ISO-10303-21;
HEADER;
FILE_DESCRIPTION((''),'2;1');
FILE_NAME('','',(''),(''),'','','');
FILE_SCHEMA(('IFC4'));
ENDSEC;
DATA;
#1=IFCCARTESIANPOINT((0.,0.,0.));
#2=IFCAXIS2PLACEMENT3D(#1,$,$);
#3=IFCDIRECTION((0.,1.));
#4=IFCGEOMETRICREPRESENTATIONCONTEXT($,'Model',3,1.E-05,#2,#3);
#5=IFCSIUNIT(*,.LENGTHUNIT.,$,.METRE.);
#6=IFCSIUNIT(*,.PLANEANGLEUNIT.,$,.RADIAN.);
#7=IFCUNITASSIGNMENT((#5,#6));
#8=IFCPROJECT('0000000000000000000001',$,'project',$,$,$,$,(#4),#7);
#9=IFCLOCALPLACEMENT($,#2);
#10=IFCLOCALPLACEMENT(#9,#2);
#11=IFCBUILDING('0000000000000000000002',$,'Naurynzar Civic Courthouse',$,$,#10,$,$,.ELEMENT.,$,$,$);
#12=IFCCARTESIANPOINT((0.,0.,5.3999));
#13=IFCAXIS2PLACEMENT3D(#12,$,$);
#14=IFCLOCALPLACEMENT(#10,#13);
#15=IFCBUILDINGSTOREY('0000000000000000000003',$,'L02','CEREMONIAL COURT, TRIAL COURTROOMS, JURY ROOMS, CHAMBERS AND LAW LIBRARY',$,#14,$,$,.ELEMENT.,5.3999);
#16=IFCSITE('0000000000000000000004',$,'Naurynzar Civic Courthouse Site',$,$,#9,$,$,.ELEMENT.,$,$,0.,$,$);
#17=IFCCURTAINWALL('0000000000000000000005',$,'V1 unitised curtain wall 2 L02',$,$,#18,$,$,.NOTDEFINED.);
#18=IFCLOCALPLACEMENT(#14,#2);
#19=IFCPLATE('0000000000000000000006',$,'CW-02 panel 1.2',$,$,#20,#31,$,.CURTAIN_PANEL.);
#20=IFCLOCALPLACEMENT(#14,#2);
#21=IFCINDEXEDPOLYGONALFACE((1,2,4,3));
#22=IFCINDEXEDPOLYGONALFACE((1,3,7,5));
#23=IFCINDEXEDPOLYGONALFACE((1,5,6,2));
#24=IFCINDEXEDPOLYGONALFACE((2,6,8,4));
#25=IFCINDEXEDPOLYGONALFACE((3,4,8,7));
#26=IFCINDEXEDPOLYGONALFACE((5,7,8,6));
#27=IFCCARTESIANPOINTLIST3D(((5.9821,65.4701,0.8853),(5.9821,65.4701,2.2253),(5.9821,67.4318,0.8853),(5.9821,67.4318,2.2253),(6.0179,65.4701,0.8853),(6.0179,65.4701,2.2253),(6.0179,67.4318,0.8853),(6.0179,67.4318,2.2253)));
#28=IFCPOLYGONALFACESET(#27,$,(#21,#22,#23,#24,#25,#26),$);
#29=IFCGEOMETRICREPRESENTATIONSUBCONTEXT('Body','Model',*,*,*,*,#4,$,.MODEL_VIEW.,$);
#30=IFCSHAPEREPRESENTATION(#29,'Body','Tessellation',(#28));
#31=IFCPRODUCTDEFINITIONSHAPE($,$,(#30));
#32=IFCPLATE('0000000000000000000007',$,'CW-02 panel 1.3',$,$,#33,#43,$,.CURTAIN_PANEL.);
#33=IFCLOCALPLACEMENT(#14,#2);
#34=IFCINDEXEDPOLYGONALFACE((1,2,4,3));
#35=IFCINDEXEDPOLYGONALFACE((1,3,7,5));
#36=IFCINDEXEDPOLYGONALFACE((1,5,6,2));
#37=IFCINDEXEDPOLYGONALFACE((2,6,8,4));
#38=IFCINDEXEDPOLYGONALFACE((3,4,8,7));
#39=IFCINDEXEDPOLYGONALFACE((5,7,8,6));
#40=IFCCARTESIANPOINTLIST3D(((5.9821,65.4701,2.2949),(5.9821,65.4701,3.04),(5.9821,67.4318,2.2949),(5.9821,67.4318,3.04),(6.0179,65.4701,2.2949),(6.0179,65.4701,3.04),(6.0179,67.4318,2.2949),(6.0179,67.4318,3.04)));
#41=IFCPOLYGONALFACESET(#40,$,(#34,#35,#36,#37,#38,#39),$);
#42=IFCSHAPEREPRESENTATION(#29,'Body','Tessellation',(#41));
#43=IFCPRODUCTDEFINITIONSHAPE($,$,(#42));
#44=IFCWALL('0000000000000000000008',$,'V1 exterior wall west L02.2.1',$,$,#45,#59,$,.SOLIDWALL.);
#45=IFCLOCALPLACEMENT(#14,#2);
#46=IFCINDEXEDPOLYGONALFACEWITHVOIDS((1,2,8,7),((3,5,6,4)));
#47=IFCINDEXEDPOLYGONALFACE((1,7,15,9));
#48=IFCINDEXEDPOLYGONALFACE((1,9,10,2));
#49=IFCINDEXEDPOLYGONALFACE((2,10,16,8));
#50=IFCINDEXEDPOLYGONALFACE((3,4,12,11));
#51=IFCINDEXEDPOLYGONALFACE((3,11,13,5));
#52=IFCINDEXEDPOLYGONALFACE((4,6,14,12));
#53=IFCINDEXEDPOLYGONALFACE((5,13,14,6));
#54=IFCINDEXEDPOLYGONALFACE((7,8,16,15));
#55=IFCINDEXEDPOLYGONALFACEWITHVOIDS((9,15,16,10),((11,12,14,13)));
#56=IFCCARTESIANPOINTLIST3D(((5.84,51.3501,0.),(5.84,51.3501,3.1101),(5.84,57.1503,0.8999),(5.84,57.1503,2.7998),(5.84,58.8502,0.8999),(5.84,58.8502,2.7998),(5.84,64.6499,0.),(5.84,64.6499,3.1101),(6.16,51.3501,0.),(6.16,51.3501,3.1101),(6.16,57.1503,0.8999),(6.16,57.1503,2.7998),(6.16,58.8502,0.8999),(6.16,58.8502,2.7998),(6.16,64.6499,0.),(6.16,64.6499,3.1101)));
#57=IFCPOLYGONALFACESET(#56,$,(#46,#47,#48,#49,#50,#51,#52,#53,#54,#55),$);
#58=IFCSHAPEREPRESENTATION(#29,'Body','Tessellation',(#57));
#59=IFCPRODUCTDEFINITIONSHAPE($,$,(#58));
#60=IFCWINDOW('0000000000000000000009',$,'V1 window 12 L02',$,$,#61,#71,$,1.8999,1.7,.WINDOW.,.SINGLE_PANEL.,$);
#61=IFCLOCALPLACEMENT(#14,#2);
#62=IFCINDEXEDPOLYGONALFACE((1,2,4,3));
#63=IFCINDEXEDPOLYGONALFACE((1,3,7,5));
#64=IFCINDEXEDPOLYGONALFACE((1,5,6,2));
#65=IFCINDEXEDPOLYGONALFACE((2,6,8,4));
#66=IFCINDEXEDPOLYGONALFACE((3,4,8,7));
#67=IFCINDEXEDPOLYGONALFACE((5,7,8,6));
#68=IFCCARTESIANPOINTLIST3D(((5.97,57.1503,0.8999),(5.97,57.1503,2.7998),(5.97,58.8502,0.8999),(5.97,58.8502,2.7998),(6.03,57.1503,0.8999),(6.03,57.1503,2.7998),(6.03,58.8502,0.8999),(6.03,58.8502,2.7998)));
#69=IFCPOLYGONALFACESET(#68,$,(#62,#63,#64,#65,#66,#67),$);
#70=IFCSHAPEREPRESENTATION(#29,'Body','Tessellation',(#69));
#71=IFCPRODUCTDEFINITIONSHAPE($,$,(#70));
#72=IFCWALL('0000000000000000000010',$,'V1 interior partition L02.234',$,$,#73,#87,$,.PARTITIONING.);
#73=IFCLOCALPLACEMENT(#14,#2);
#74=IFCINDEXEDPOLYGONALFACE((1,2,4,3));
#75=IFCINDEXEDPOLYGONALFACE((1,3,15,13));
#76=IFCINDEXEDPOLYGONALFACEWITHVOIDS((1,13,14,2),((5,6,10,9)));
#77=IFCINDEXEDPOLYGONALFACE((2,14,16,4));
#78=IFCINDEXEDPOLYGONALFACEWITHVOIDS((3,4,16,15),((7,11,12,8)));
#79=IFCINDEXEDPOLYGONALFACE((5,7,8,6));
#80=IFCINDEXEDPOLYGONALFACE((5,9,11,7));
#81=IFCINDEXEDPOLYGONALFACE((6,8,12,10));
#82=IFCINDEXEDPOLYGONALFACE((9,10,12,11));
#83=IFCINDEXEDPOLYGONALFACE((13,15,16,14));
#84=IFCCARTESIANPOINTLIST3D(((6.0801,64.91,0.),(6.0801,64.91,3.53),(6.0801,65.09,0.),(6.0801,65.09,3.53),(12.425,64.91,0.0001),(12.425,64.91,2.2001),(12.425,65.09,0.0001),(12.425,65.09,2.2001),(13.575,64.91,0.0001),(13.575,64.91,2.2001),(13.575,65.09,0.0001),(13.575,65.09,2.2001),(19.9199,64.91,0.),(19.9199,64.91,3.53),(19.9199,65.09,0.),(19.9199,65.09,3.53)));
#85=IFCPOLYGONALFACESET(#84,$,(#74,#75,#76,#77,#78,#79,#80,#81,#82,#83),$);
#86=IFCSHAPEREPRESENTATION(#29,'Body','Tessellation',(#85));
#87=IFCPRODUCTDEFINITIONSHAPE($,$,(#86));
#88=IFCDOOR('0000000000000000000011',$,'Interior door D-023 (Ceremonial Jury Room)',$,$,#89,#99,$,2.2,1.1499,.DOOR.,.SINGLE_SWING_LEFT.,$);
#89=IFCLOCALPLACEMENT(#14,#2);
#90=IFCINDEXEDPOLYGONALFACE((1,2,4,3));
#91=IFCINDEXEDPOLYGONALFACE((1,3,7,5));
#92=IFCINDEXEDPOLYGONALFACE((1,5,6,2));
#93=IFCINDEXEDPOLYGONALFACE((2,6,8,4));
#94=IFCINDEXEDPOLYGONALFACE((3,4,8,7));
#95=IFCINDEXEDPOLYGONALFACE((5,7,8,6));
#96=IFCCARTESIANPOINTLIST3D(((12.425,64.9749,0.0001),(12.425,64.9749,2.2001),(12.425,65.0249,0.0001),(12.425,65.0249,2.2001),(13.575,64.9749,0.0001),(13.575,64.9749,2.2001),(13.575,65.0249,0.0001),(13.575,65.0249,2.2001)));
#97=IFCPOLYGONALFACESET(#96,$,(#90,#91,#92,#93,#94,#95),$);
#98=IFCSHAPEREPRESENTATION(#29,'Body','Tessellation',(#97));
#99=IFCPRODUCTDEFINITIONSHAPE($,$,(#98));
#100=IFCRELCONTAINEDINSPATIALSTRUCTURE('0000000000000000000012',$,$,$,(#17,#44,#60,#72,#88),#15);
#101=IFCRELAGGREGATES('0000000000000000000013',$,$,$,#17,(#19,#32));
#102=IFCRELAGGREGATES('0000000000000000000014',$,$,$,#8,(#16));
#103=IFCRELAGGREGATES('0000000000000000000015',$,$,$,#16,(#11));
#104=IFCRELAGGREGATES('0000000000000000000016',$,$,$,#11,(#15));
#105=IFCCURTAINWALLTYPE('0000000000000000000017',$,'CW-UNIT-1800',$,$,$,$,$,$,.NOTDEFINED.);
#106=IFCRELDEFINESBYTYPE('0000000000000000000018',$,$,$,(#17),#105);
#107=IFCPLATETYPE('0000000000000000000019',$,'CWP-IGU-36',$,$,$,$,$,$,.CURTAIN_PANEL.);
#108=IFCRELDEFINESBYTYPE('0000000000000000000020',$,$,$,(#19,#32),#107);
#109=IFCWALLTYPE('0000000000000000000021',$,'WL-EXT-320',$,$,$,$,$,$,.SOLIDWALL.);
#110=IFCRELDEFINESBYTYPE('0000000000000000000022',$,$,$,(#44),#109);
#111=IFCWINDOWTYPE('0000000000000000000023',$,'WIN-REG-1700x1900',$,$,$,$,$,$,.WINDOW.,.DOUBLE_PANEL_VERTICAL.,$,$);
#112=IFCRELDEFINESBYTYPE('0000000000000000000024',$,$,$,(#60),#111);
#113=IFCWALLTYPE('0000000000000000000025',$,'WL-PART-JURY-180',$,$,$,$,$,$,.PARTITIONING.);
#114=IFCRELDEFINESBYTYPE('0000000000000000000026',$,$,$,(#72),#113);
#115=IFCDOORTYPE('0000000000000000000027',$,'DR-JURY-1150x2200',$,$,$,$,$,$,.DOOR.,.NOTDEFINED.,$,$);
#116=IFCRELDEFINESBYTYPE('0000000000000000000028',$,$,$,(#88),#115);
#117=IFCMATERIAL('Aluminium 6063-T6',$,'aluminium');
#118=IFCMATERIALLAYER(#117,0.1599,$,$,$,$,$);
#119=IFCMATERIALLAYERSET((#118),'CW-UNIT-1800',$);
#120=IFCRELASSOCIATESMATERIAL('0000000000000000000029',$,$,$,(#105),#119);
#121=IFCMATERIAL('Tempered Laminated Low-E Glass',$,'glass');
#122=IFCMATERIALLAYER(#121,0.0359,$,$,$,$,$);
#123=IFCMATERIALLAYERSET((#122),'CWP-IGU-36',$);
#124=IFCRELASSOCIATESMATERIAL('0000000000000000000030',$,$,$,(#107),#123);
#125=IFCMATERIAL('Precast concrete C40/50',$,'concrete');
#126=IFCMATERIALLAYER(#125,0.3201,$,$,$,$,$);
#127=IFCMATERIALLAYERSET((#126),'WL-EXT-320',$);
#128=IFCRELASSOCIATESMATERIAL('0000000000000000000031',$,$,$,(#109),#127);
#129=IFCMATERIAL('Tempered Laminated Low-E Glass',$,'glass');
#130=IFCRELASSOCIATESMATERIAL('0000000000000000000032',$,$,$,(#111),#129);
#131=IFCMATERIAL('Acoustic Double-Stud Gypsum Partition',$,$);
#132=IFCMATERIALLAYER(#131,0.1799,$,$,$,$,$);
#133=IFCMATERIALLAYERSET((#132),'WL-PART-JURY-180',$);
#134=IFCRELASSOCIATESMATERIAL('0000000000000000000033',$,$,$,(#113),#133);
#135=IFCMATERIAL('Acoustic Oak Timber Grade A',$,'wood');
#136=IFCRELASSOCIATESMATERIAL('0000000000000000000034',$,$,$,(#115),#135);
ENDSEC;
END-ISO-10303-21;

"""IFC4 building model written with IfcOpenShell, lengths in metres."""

from ifc_helpers import new_model, si_unit, direction, frame, frame_2d, origin, origin_2d, place, context, subcontext, project, spatial, rectangle, extrude, material, layer, layer_set, type_object, element, fill, aggregate, save


model = new_model("IFC4")

# Units and contexts
model_context = context("Model", 3, precision=1e-05, world=origin(), true_north=direction((0.0, 1.0)))
body_context = subcontext(model_context, "Body", "Model", "MODEL_VIEW")
ifc_project = project(units=[si_unit("LENGTHUNIT", "METRE"), si_unit("PLANEANGLEUNIT", "RADIAN")], contexts=[model_context])

# Site, building, storey
site_placement = place(None, origin())
site = spatial("IfcSite", under=ifc_project, at=site_placement, Name="Naurynzar Civic Courthouse Site", CompositionType="ELEMENT", RefElevation=0.0)
building_placement = place(site_placement, origin())
building = spatial("IfcBuilding", under=site, at=building_placement, Name="Naurynzar Civic Courthouse", CompositionType="ELEMENT")
storey_placement = place(building_placement, frame((0.0, 0.0, 5.3999)))
storey = spatial("IfcBuildingStorey", under=building, at=storey_placement, Name="L02", Description="CEREMONIAL COURT, TRIAL COURTROOMS, JURY ROOMS, CHAMBERS AND LAW LIBRARY", CompositionType="ELEMENT", Elevation=5.3999)

# Curtain wall, plates
ifc_material_1 = material(Name="Aluminium 6063-T6", Category="aluminium")
ifc_layer_1 = layer(ifc_material_1, 0.1599)
ifc_layer_set_1 = layer_set([ifc_layer_1], Name="CW-UNIT-1800")
curtain_wall_type = type_object("IfcCurtainWallType", Name="CW-UNIT-1800", PredefinedType="NOTDEFINED", material=ifc_layer_set_1)
curtain_wall_placement = place(storey_placement, origin())
curtain_wall = element("IfcCurtainWall", 1, at=curtain_wall_placement, inside=storey, type_object=curtain_wall_type, Name="V1 unitised curtain wall 2 L02", PredefinedType="NOTDEFINED")
ifc_material_2 = material(Name="Tempered Laminated Low-E Glass", Category="glass")
ifc_layer_2 = layer(ifc_material_2, 0.0359)
ifc_layer_set_2 = layer_set([ifc_layer_2], Name="CWP-IGU-36")
plate_type = type_object("IfcPlateType", Name="CWP-IGU-36", PredefinedType="CURTAIN_PANEL", material=ifc_layer_set_2)
plate_1_placement = place(storey_placement, frame((6.0, 66.4509, 0.8853), z_axis=(0.0, 0.0, 1.0), x_axis=(0.0, 1.0, 0.0)))
plate_1 = element("IfcPlate", 2, at=plate_1_placement, type_object=plate_type, Name="CW-02 panel 1.2", PredefinedType="CURTAIN_PANEL", context=body_context, shape_type="SweptSolid", body=[
    extrude(rectangle(XDim=1.9617, YDim=0.0359, at=origin_2d()), origin(), (0.0, 0.0, 1.0), 1.3401),
])
plate_2_placement = place(storey_placement, frame((6.0, 66.4509, 2.2949), z_axis=(0.0, 0.0, 1.0), x_axis=(0.0, 1.0, 0.0)))
plate_2 = element("IfcPlate", 3, at=plate_2_placement, type_object=plate_type, Name="CW-02 panel 1.3", PredefinedType="CURTAIN_PANEL", context=body_context, shape_type="SweptSolid", body=[
    extrude(rectangle(XDim=1.9617, YDim=0.0359, at=origin_2d()), origin(), (0.0, 0.0, 1.0), 0.7451),
])
aggregate(curtain_wall, [plate_1, plate_2])

# Wall, opening, window
ifc_material_3 = material(Name="Precast concrete C40/50", Category="concrete")
ifc_layer_3 = layer(ifc_material_3, 0.3201)
ifc_layer_set_3 = layer_set([ifc_layer_3], Name="WL-EXT-320")
wall_type_1 = type_object("IfcWallType", Name="WL-EXT-320", PredefinedType="SOLIDWALL", material=ifc_layer_set_3)
wall_1_placement = place(storey_placement, frame((6.0, 51.3501, 0.0), z_axis=(0.0, 0.0, 1.0), x_axis=(0.0, 1.0, 0.0)))
wall_1 = element("IfcWall", 4, at=wall_1_placement, inside=storey, type_object=wall_type_1, Name="V1 exterior wall west L02.2.1", PredefinedType="SOLIDWALL", context=body_context, shape_type="SweptSolid", body=[
    extrude(rectangle(XDim=13.2998, YDim=0.3201, at=frame_2d((6.6499, 0.0))), origin(), (0.0, 0.0, 1.0), 3.1101),
])
opening_1_placement = place(wall_1_placement, frame((5.8, 0.0, 0.8999)))
opening_1 = element("IfcOpeningElement", 5, at=opening_1_placement, cuts=wall_1, PredefinedType="OPENING", context=body_context, shape_type="SweptSolid", body=[
    extrude(rectangle(XDim=1.7, YDim=1.8999, at=frame_2d((0.8501, 0.95))), frame((0.0, 0.1699, 0.0), z_axis=(0.0, -1.0, 0.0), x_axis=(1.0, 0.0, 0.0)), (0.0, 0.0, 1.0), 0.3401),
])
ifc_material_4 = material(Name="Tempered Laminated Low-E Glass", Category="glass")
window_type = type_object("IfcWindowType", Name="WIN-REG-1700x1900", PartitioningType="DOUBLE_PANEL_VERTICAL", PredefinedType="WINDOW", material=ifc_material_4)
window_placement = place(opening_1_placement, origin())
window = element("IfcWindow", 6, at=window_placement, inside=storey, type_object=window_type, Name="V1 window 12 L02", OverallHeight=1.8999, OverallWidth=1.7, PartitioningType="SINGLE_PANEL", PredefinedType="WINDOW", context=body_context, shape_type="SweptSolid", body=[
    extrude(rectangle(XDim=1.7, YDim=1.8999, at=frame_2d((0.8501, 0.95))), frame((0.0, 0.03, 0.0), z_axis=(0.0, -1.0, 0.0), x_axis=(1.0, 0.0, 0.0)), (0.0, 0.0, 1.0), 0.0601),
])
fill(opening_1, window)

# Wall, opening, door
ifc_material_5 = material(Name="Acoustic Double-Stud Gypsum Partition")
ifc_layer_4 = layer(ifc_material_5, 0.1799)
ifc_layer_set_4 = layer_set([ifc_layer_4], Name="WL-PART-JURY-180")
wall_type_2 = type_object("IfcWallType", Name="WL-PART-JURY-180", PredefinedType="PARTITIONING", material=ifc_layer_set_4)
wall_2_placement = place(storey_placement, frame((6.0801, 65.0, 0.0), z_axis=(0.0, 0.0, 1.0), x_axis=(1.0, 0.0, 0.0)))
wall_2 = element("IfcWall", 7, at=wall_2_placement, inside=storey, type_object=wall_type_2, Name="V1 interior partition L02.234", PredefinedType="PARTITIONING", context=body_context, shape_type="SweptSolid", body=[
    extrude(rectangle(XDim=13.8398, YDim=0.1799, at=frame_2d((6.9199, 0.0))), origin(), (0.0, 0.0, 1.0), 3.53),
])
opening_2_placement = place(wall_2_placement, frame((6.345, 0.0, 0.0)))
opening_2 = element("IfcOpeningElement", 8, at=opening_2_placement, cuts=wall_2, PredefinedType="OPENING", context=body_context, shape_type="SweptSolid", body=[
    extrude(rectangle(XDim=1.1499, YDim=2.2, at=frame_2d((0.575, 1.1001))), frame((0.0, 0.0999, 0.0), z_axis=(0.0, -1.0, 0.0), x_axis=(1.0, 0.0, 0.0)), (0.0, 0.0, 1.0), 0.2),
])
ifc_material_6 = material(Name="Acoustic Oak Timber Grade A", Category="wood")
door_type_1 = type_object("IfcDoorType", Name="DR-JURY-1150x2200", OperationType="NOTDEFINED", PredefinedType="DOOR", material=ifc_material_6)
door_1_placement = place(opening_2_placement, origin())
door_1 = element("IfcDoor", 9, at=door_1_placement, inside=storey, type_object=door_type_1, Name="Interior door D-023 (Ceremonial Jury Room)", OperationType="SINGLE_SWING_LEFT", OverallHeight=2.2, OverallWidth=1.1499, PredefinedType="DOOR", context=body_context, shape_type="SweptSolid", body=[
    extrude(rectangle(XDim=1.1499, YDim=2.2, at=frame_2d((0.575, 1.1001))), frame((0.0, 0.0249, 0.0), z_axis=(0.0, -1.0, 0.0), x_axis=(1.0, 0.0, 0.0)), (0.0, 0.0, 1.0), 0.05),
])
fill(opening_2, door_1)

save(model, "model.ifc")
